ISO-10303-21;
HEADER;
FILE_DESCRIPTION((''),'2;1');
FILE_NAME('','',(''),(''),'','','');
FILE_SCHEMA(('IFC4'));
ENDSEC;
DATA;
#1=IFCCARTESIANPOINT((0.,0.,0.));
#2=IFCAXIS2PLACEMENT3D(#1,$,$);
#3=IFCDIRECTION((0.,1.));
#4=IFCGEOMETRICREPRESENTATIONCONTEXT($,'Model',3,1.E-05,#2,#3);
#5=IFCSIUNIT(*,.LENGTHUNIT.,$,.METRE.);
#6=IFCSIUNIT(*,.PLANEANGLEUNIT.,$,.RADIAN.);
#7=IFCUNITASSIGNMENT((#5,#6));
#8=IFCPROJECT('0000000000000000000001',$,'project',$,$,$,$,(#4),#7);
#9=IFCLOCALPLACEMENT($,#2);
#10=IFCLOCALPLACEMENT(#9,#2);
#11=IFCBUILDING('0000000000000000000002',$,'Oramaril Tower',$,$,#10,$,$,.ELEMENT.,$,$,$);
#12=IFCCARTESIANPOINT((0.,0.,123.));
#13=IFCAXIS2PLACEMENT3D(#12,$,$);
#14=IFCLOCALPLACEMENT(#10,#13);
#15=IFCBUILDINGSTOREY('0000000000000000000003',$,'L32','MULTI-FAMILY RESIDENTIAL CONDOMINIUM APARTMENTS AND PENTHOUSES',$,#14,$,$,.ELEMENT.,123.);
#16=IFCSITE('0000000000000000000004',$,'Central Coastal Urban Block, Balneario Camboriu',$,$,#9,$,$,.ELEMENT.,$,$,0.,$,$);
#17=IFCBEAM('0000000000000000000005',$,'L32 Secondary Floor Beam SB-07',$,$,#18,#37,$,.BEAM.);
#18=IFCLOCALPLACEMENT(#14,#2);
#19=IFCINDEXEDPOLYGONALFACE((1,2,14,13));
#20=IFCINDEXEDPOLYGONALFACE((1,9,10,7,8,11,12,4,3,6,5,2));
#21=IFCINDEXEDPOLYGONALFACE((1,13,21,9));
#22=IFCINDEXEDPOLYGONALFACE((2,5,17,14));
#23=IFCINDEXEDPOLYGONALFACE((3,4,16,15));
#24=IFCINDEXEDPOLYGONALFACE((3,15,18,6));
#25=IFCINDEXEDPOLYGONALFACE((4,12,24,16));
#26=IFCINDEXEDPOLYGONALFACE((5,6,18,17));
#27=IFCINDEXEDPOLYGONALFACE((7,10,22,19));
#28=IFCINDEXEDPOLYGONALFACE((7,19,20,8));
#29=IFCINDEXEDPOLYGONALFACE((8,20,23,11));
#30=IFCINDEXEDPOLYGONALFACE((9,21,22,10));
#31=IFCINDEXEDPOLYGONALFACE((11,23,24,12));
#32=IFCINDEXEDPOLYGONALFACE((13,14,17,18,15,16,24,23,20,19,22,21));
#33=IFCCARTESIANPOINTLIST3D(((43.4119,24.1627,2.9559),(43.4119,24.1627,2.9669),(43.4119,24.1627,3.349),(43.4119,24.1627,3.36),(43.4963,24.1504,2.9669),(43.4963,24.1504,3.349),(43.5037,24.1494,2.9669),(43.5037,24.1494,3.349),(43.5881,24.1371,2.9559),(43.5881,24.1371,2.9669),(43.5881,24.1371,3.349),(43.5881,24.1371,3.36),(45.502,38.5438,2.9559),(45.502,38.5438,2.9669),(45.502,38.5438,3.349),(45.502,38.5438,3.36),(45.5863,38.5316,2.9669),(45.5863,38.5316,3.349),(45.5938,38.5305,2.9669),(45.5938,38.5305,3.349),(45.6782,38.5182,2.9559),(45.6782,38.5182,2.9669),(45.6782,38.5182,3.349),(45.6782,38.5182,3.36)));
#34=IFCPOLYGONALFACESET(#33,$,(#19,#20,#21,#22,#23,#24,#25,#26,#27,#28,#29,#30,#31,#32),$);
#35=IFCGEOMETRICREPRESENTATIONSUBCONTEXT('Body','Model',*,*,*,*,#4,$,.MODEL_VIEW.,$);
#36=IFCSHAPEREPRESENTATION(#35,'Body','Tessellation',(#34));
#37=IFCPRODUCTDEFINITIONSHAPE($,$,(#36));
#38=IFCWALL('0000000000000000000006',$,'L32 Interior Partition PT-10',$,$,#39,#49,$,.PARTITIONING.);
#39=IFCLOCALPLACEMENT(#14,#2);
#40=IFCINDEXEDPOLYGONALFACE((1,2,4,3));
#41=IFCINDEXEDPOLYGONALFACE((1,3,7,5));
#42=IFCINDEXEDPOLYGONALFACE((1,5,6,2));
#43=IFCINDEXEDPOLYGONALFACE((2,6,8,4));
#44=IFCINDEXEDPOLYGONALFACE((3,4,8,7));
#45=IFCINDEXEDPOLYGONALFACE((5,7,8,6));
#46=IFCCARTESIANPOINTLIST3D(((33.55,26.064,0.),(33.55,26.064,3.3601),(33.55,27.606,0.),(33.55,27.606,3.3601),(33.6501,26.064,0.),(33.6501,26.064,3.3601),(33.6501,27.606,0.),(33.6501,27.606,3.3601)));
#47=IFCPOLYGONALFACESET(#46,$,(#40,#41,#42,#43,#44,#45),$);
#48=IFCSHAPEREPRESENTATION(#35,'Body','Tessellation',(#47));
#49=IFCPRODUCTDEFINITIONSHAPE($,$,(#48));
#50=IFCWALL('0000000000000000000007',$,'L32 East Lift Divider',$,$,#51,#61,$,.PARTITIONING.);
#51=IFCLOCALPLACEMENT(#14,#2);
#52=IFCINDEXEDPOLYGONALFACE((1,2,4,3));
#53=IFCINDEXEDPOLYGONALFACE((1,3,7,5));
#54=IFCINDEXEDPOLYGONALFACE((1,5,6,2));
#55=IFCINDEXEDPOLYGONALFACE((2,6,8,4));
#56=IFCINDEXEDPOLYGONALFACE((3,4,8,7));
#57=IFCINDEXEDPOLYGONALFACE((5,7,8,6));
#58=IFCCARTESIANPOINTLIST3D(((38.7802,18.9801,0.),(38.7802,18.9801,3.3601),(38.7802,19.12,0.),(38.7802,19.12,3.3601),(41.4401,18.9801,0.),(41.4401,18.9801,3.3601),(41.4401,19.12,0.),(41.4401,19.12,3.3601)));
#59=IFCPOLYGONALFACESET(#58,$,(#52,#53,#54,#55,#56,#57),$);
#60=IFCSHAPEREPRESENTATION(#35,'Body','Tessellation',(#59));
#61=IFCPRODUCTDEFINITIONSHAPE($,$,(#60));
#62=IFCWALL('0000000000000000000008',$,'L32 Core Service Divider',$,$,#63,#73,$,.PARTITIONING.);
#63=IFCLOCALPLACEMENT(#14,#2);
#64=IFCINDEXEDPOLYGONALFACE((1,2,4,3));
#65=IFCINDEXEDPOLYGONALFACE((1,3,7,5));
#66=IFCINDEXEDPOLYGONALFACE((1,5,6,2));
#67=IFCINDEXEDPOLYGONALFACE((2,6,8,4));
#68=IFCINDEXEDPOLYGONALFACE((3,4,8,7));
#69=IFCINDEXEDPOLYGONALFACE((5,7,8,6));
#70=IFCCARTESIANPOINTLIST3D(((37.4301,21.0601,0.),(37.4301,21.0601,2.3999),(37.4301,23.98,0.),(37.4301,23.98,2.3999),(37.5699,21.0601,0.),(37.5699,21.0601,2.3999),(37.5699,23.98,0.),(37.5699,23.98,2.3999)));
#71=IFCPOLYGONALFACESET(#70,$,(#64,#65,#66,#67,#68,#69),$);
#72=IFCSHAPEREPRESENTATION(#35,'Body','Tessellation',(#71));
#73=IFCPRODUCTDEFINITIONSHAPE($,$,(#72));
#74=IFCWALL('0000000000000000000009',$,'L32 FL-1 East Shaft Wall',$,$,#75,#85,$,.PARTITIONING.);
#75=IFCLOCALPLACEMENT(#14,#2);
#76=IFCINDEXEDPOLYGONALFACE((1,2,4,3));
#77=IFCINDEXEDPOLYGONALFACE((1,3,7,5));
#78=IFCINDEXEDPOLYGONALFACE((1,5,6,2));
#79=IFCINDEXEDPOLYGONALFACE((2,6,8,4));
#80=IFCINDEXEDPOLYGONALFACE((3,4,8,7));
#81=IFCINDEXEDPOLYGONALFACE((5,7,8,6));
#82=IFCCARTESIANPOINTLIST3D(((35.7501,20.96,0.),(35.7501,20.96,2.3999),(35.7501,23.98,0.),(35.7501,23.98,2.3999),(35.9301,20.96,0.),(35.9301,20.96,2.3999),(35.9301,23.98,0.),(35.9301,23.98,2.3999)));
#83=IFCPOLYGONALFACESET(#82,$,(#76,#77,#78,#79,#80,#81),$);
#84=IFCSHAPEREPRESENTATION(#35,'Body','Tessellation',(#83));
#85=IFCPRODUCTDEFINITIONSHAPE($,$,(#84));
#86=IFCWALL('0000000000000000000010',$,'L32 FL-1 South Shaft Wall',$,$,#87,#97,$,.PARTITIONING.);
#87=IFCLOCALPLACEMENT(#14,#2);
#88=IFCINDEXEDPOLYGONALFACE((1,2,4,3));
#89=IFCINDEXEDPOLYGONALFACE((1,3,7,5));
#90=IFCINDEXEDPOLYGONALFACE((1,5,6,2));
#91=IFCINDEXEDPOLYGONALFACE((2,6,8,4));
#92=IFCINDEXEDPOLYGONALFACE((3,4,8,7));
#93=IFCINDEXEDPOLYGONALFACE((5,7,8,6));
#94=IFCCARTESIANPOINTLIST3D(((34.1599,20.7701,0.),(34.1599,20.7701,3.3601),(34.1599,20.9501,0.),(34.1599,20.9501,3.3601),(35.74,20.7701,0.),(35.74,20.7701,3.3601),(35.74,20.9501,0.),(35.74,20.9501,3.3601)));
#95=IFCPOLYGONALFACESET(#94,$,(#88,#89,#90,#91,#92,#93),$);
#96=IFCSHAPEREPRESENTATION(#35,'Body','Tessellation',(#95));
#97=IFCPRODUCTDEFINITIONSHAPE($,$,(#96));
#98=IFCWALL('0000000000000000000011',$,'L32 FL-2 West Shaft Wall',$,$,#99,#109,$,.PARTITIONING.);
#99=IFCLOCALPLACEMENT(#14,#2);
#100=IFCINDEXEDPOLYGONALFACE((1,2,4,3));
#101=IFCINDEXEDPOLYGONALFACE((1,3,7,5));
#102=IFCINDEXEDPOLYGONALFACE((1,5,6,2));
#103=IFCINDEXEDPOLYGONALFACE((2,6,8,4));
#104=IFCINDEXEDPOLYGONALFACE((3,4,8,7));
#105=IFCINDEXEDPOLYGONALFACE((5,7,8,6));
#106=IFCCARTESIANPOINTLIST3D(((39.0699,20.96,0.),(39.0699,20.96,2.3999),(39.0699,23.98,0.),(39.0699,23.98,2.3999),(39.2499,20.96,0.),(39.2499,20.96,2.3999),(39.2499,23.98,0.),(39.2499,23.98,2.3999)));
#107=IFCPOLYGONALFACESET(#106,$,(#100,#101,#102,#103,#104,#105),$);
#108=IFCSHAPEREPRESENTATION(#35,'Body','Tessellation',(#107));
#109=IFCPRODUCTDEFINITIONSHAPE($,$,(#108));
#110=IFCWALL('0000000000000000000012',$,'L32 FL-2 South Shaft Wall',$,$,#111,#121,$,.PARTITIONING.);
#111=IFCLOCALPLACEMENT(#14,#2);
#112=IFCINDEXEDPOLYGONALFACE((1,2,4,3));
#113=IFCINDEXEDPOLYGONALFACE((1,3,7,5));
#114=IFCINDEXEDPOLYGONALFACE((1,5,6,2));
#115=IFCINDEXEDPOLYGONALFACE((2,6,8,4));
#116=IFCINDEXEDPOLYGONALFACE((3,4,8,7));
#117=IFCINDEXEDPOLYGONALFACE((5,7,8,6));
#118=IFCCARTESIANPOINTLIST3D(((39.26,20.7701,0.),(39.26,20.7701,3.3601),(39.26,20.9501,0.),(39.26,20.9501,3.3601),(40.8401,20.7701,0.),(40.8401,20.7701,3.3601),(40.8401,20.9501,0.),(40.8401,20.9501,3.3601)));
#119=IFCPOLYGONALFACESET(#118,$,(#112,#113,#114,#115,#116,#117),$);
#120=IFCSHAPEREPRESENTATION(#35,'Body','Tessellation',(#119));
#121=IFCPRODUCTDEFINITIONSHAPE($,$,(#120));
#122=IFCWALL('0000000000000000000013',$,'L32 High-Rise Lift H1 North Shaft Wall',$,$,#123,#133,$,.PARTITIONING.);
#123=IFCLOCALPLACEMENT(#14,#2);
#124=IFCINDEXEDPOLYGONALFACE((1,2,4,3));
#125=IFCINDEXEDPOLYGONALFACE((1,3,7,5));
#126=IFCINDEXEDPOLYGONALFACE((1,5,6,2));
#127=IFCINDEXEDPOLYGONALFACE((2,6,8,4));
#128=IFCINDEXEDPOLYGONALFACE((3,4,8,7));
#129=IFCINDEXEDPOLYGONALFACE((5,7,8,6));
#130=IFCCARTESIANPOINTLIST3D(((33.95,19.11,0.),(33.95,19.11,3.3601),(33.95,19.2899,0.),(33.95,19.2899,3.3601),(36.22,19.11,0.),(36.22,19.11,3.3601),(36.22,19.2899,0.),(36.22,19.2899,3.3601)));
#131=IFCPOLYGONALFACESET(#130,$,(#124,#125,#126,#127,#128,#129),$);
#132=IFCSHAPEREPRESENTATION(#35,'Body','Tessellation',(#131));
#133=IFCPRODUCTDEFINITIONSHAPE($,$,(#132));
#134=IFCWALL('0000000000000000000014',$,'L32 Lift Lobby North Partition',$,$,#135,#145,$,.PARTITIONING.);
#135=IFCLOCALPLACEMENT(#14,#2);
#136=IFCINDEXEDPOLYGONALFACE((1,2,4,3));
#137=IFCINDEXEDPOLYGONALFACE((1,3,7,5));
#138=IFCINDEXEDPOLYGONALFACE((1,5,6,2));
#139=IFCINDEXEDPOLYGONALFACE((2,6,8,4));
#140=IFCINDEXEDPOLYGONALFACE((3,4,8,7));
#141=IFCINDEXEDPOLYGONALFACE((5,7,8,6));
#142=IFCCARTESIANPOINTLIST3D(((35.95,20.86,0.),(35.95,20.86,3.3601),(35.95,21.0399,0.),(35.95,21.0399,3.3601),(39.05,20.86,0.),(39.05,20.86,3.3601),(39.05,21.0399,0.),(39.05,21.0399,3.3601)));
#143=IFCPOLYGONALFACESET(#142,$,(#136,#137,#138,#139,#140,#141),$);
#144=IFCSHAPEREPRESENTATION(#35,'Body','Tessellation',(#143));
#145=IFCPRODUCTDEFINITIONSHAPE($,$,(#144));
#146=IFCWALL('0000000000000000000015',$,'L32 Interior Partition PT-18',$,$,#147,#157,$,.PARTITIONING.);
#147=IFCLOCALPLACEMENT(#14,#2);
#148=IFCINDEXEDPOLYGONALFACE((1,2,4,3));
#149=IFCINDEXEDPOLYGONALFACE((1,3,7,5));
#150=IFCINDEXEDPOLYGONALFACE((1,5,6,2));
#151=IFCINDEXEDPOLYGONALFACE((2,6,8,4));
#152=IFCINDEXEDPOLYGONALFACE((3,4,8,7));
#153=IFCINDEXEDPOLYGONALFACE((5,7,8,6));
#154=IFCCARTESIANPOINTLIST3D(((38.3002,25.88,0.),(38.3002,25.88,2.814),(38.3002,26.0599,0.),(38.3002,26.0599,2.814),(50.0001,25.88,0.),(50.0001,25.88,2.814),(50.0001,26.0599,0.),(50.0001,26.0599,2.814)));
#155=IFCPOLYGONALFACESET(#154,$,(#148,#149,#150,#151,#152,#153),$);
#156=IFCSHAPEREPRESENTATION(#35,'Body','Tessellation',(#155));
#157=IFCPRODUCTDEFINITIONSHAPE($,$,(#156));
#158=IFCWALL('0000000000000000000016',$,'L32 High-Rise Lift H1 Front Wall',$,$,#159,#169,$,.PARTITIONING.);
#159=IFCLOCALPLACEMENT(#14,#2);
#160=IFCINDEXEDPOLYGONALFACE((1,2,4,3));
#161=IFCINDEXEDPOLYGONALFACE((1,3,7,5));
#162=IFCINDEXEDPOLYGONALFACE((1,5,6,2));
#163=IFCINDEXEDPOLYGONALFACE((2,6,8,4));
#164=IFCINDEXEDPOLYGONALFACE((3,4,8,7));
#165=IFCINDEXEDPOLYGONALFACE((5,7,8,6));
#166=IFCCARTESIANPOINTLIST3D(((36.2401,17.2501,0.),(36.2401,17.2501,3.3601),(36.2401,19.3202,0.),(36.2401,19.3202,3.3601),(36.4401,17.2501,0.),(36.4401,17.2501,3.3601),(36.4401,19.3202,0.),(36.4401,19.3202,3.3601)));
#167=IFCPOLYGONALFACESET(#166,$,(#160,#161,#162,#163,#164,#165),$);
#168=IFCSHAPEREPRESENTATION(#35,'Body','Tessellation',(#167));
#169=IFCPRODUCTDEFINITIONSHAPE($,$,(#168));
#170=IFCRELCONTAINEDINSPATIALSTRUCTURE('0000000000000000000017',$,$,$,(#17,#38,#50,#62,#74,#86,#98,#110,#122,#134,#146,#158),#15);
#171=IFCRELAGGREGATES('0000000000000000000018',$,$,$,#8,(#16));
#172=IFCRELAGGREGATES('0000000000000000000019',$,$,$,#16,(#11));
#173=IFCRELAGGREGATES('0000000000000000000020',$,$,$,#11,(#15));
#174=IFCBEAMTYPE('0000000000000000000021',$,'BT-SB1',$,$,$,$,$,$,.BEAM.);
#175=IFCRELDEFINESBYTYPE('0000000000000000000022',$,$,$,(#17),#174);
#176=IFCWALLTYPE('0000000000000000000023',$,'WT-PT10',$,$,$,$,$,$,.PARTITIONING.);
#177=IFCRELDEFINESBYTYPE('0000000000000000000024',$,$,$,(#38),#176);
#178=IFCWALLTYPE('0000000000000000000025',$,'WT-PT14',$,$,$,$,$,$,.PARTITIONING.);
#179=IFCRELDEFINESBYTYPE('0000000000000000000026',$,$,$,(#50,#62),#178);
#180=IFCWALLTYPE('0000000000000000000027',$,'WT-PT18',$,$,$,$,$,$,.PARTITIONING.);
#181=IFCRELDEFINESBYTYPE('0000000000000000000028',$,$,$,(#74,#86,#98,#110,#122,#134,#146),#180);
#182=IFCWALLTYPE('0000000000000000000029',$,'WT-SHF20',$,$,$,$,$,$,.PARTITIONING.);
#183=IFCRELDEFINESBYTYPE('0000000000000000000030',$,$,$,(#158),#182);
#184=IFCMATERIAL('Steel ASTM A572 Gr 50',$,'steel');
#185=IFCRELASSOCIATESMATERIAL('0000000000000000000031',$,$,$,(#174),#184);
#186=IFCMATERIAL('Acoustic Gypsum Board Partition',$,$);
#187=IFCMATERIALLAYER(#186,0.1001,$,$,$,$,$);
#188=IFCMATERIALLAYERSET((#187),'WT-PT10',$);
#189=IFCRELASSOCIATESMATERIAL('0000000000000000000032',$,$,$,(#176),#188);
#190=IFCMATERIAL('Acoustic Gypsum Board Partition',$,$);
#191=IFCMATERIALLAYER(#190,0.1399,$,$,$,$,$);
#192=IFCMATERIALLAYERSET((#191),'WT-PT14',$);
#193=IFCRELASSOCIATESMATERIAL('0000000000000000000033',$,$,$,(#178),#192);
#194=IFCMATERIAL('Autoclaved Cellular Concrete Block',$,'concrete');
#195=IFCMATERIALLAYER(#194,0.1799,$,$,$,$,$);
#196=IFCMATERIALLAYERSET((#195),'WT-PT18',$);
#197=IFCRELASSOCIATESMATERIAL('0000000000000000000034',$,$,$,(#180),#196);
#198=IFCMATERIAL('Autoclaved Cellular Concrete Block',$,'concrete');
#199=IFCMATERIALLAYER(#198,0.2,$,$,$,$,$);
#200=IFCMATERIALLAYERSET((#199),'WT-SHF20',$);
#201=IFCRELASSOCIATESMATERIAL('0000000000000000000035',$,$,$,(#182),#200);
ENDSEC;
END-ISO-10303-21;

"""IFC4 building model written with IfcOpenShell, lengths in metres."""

from ifc_helpers import new_model, si_unit, direction, frame, frame_2d, origin, origin_2d, place, context, subcontext, project, spatial, rectangle, i_section, extrude, material, layer, layer_set, material_profile, profile_set, type_object, element, save


model = new_model("IFC4")

# Units and contexts
model_context = context("Model", 3, precision=1e-05, world=origin(), true_north=direction((0.0, 1.0)))
body_context = subcontext(model_context, "Body", "Model", "MODEL_VIEW")
ifc_project = project(units=[si_unit("LENGTHUNIT", "METRE"), si_unit("PLANEANGLEUNIT", "RADIAN")], contexts=[model_context])

# Site, building, storey
site_placement = place(None, origin())
site = spatial("IfcSite", under=ifc_project, at=site_placement, Name="Central Coastal Urban Block, Balneario Camboriu", CompositionType="ELEMENT", RefElevation=0.0)
building_placement = place(site_placement, origin())
building = spatial("IfcBuilding", under=site, at=building_placement, Name="Oramaril Tower", CompositionType="ELEMENT")
storey_placement = place(building_placement, frame((0.0, 0.0, 123.0)))
storey = spatial("IfcBuildingStorey", under=building, at=storey_placement, Name="L32", Description="MULTI-FAMILY RESIDENTIAL CONDOMINIUM APARTMENTS AND PENTHOUSES", CompositionType="ELEMENT", Elevation=123.0)

# Beam
ifc_material_1 = material(Name="Steel ASTM A572 Gr 50", Category="steel")
ifc_material_profile = material_profile(ifc_material_1, i_section(OverallWidth=0.178, OverallDepth=0.4041, WebThickness=0.0076, FlangeThickness=0.011, at=origin_2d()), Name="W16X36")
ifc_profile_set = profile_set([ifc_material_profile], Name="Steel ASTM A572 Gr 50")
beam_type = type_object("IfcBeamType", Name="BT-SB1", PredefinedType="BEAM", material=ifc_profile_set)
beam_placement = place(storey_placement, frame((43.5, 24.1499, 3.158), z_axis=(0.143825, 0.989603, 0.0), x_axis=(-0.989603, 0.143825, 0.0)))
element("IfcBeam", 1, at=beam_placement, inside=storey, type_object=beam_type, Name="L32 Secondary Floor Beam SB-07", PredefinedType="BEAM", context=body_context, shape_type="SweptSolid", body=[
    extrude(i_section(OverallWidth=0.178, OverallDepth=0.4041, WebThickness=0.0076, FlangeThickness=0.011, at=origin_2d()), origin(), (0.0, 0.0, 1.0), 14.5322),
])

# Walls
ifc_material_2 = material(Name="Acoustic Gypsum Board Partition")
ifc_layer_1 = layer(ifc_material_2, 0.1001)
ifc_layer_set_1 = layer_set([ifc_layer_1], Name="WT-PT10")
wall_type_1 = type_object("IfcWallType", Name="WT-PT10", PredefinedType="PARTITIONING", material=ifc_layer_set_1)
wall_1_placement = place(storey_placement, frame((33.6001, 26.064, 0.0), z_axis=(0.0, 0.0, 1.0), x_axis=(0.0, 1.0, 0.0)))
element("IfcWall", 2, at=wall_1_placement, inside=storey, type_object=wall_type_1, Name="L32 Interior Partition PT-10", PredefinedType="PARTITIONING", context=body_context, shape_type="SweptSolid", body=[
    extrude(rectangle(XDim=1.542, YDim=0.1001, at=frame_2d((0.771, 0.0))), origin(), (0.0, 0.0, 1.0), 3.3601),
])
ifc_material_3 = material(Name="Acoustic Gypsum Board Partition")
ifc_layer_2 = layer(ifc_material_3, 0.1399)
ifc_layer_set_2 = layer_set([ifc_layer_2], Name="WT-PT14")
wall_type_2 = type_object("IfcWallType", Name="WT-PT14", PredefinedType="PARTITIONING", material=ifc_layer_set_2)
wall_2_placement = place(storey_placement, frame((38.78, 19.05, 0.0), z_axis=(0.0, 0.0, 1.0), x_axis=(1.0, 0.0, 0.0)))
element("IfcWall", 3, at=wall_2_placement, inside=storey, type_object=wall_type_2, Name="L32 East Lift Divider", PredefinedType="PARTITIONING", context=body_context, shape_type="SweptSolid", body=[
    extrude(rectangle(XDim=2.6599, YDim=0.1399, at=frame_2d((1.3301, 0.0))), origin(), (0.0, 0.0, 1.0), 3.3601),
])
wall_3_placement = place(storey_placement, frame((37.5, 21.0601, 0.0), z_axis=(0.0, 0.0, 1.0), x_axis=(0.0, 1.0, 0.0)))
element("IfcWall", 4, at=wall_3_placement, inside=storey, type_object=wall_type_2, Name="L32 Core Service Divider", PredefinedType="PARTITIONING", context=body_context, shape_type="SweptSolid", body=[
    extrude(rectangle(XDim=2.9199, YDim=0.1399, at=frame_2d((1.46, 0.0))), origin(), (0.0, 0.0, 1.0), 2.3999),
])
ifc_material_4 = material(Name="Autoclaved Cellular Concrete Block", Category="concrete")
ifc_layer_3 = layer(ifc_material_4, 0.1799)
ifc_layer_set_3 = layer_set([ifc_layer_3], Name="WT-PT18")
wall_type_3 = type_object("IfcWallType", Name="WT-PT18", PredefinedType="PARTITIONING", material=ifc_layer_set_3)
wall_4_placement = place(storey_placement, frame((35.8401, 20.96, 0.0), z_axis=(0.0, 0.0, 1.0), x_axis=(0.0, 1.0, 0.0)))
element("IfcWall", 5, at=wall_4_placement, inside=storey, type_object=wall_type_3, Name="L32 FL-1 East Shaft Wall", PredefinedType="PARTITIONING", context=body_context, shape_type="SweptSolid", body=[
    extrude(rectangle(XDim=3.02, YDim=0.1799, at=frame_2d((1.51, 0.0))), origin(), (0.0, 0.0, 1.0), 2.3999),
])
wall_5_placement = place(storey_placement, frame((34.1599, 20.8601, 0.0), z_axis=(0.0, 0.0, 1.0), x_axis=(1.0, 0.0, 0.0)))
element("IfcWall", 6, at=wall_5_placement, inside=storey, type_object=wall_type_3, Name="L32 FL-1 South Shaft Wall", PredefinedType="PARTITIONING", context=body_context, shape_type="SweptSolid", body=[
    extrude(rectangle(XDim=1.5801, YDim=0.1799, at=frame_2d((0.79, 0.0))), origin(), (0.0, 0.0, 1.0), 3.3601),
])
wall_6_placement = place(storey_placement, frame((39.1599, 20.96, 0.0), z_axis=(0.0, 0.0, 1.0), x_axis=(0.0, 1.0, 0.0)))
element("IfcWall", 7, at=wall_6_placement, inside=storey, type_object=wall_type_3, Name="L32 FL-2 West Shaft Wall", PredefinedType="PARTITIONING", context=body_context, shape_type="SweptSolid", body=[
    extrude(rectangle(XDim=3.02, YDim=0.1799, at=frame_2d((1.51, 0.0))), origin(), (0.0, 0.0, 1.0), 2.3999),
])
wall_7_placement = place(storey_placement, frame((39.26, 20.8601, 0.0), z_axis=(0.0, 0.0, 1.0), x_axis=(1.0, 0.0, 0.0)))
element("IfcWall", 8, at=wall_7_placement, inside=storey, type_object=wall_type_3, Name="L32 FL-2 South Shaft Wall", PredefinedType="PARTITIONING", context=body_context, shape_type="SweptSolid", body=[
    extrude(rectangle(XDim=1.5801, YDim=0.1799, at=frame_2d((0.79, 0.0))), origin(), (0.0, 0.0, 1.0), 3.3601),
])
wall_8_placement = place(storey_placement, frame((33.95, 19.2, 0.0), z_axis=(0.0, 0.0, 1.0), x_axis=(1.0, 0.0, 0.0)))
element("IfcWall", 9, at=wall_8_placement, inside=storey, type_object=wall_type_3, Name="L32 High-Rise Lift H1 North Shaft Wall", PredefinedType="PARTITIONING", context=body_context, shape_type="SweptSolid", body=[
    extrude(rectangle(XDim=2.27, YDim=0.1799, at=frame_2d((1.135, 0.0))), origin(), (0.0, 0.0, 1.0), 3.3601),
])
wall_9_placement = place(storey_placement, frame((35.95, 20.95, 0.0), z_axis=(0.0, 0.0, 1.0), x_axis=(1.0, 0.0, 0.0)))
element("IfcWall", 10, at=wall_9_placement, inside=storey, type_object=wall_type_3, Name="L32 Lift Lobby North Partition", PredefinedType="PARTITIONING", context=body_context, shape_type="SweptSolid", body=[
    extrude(rectangle(XDim=3.1001, YDim=0.1799, at=frame_2d((1.55, 0.0))), origin(), (0.0, 0.0, 1.0), 3.3601),
])
wall_10_placement = place(storey_placement, frame((38.3, 25.97, 0.0), z_axis=(0.0, 0.0, 1.0), x_axis=(1.0, 0.0, 0.0)))
element("IfcWall", 11, at=wall_10_placement, inside=storey, type_object=wall_type_3, Name="L32 Interior Partition PT-18", PredefinedType="PARTITIONING", context=body_context, shape_type="SweptSolid", body=[
    extrude(rectangle(XDim=11.7, YDim=0.1799, at=frame_2d((5.8501, 0.0))), origin(), (0.0, 0.0, 1.0), 2.814),
])

# Shared definitions
ifc_material_5 = material(Name="Autoclaved Cellular Concrete Block", Category="concrete")
ifc_layer_4 = layer(ifc_material_5, 0.2)
ifc_layer_set_4 = layer_set([ifc_layer_4], Name="WT-SHF20")
wall_type_4 = type_object("IfcWallType", Name="WT-SHF20", PredefinedType="PARTITIONING", material=ifc_layer_set_4)

# Wall
wall_11_placement = place(storey_placement, frame((36.3401, 17.25, 0.0), z_axis=(0.0, 0.0, 1.0), x_axis=(0.0, 1.0, 0.0)))
element("IfcWall", 12, at=wall_11_placement, inside=storey, type_object=wall_type_4, Name="L32 High-Rise Lift H1 Front Wall", PredefinedType="PARTITIONING", context=body_context, shape_type="SweptSolid", body=[
    extrude(rectangle(XDim=2.0701, YDim=0.2, at=frame_2d((1.0352, 0.0))), origin(), (0.0, 0.0, 1.0), 3.3601),
])

save(model, "model.ifc")
